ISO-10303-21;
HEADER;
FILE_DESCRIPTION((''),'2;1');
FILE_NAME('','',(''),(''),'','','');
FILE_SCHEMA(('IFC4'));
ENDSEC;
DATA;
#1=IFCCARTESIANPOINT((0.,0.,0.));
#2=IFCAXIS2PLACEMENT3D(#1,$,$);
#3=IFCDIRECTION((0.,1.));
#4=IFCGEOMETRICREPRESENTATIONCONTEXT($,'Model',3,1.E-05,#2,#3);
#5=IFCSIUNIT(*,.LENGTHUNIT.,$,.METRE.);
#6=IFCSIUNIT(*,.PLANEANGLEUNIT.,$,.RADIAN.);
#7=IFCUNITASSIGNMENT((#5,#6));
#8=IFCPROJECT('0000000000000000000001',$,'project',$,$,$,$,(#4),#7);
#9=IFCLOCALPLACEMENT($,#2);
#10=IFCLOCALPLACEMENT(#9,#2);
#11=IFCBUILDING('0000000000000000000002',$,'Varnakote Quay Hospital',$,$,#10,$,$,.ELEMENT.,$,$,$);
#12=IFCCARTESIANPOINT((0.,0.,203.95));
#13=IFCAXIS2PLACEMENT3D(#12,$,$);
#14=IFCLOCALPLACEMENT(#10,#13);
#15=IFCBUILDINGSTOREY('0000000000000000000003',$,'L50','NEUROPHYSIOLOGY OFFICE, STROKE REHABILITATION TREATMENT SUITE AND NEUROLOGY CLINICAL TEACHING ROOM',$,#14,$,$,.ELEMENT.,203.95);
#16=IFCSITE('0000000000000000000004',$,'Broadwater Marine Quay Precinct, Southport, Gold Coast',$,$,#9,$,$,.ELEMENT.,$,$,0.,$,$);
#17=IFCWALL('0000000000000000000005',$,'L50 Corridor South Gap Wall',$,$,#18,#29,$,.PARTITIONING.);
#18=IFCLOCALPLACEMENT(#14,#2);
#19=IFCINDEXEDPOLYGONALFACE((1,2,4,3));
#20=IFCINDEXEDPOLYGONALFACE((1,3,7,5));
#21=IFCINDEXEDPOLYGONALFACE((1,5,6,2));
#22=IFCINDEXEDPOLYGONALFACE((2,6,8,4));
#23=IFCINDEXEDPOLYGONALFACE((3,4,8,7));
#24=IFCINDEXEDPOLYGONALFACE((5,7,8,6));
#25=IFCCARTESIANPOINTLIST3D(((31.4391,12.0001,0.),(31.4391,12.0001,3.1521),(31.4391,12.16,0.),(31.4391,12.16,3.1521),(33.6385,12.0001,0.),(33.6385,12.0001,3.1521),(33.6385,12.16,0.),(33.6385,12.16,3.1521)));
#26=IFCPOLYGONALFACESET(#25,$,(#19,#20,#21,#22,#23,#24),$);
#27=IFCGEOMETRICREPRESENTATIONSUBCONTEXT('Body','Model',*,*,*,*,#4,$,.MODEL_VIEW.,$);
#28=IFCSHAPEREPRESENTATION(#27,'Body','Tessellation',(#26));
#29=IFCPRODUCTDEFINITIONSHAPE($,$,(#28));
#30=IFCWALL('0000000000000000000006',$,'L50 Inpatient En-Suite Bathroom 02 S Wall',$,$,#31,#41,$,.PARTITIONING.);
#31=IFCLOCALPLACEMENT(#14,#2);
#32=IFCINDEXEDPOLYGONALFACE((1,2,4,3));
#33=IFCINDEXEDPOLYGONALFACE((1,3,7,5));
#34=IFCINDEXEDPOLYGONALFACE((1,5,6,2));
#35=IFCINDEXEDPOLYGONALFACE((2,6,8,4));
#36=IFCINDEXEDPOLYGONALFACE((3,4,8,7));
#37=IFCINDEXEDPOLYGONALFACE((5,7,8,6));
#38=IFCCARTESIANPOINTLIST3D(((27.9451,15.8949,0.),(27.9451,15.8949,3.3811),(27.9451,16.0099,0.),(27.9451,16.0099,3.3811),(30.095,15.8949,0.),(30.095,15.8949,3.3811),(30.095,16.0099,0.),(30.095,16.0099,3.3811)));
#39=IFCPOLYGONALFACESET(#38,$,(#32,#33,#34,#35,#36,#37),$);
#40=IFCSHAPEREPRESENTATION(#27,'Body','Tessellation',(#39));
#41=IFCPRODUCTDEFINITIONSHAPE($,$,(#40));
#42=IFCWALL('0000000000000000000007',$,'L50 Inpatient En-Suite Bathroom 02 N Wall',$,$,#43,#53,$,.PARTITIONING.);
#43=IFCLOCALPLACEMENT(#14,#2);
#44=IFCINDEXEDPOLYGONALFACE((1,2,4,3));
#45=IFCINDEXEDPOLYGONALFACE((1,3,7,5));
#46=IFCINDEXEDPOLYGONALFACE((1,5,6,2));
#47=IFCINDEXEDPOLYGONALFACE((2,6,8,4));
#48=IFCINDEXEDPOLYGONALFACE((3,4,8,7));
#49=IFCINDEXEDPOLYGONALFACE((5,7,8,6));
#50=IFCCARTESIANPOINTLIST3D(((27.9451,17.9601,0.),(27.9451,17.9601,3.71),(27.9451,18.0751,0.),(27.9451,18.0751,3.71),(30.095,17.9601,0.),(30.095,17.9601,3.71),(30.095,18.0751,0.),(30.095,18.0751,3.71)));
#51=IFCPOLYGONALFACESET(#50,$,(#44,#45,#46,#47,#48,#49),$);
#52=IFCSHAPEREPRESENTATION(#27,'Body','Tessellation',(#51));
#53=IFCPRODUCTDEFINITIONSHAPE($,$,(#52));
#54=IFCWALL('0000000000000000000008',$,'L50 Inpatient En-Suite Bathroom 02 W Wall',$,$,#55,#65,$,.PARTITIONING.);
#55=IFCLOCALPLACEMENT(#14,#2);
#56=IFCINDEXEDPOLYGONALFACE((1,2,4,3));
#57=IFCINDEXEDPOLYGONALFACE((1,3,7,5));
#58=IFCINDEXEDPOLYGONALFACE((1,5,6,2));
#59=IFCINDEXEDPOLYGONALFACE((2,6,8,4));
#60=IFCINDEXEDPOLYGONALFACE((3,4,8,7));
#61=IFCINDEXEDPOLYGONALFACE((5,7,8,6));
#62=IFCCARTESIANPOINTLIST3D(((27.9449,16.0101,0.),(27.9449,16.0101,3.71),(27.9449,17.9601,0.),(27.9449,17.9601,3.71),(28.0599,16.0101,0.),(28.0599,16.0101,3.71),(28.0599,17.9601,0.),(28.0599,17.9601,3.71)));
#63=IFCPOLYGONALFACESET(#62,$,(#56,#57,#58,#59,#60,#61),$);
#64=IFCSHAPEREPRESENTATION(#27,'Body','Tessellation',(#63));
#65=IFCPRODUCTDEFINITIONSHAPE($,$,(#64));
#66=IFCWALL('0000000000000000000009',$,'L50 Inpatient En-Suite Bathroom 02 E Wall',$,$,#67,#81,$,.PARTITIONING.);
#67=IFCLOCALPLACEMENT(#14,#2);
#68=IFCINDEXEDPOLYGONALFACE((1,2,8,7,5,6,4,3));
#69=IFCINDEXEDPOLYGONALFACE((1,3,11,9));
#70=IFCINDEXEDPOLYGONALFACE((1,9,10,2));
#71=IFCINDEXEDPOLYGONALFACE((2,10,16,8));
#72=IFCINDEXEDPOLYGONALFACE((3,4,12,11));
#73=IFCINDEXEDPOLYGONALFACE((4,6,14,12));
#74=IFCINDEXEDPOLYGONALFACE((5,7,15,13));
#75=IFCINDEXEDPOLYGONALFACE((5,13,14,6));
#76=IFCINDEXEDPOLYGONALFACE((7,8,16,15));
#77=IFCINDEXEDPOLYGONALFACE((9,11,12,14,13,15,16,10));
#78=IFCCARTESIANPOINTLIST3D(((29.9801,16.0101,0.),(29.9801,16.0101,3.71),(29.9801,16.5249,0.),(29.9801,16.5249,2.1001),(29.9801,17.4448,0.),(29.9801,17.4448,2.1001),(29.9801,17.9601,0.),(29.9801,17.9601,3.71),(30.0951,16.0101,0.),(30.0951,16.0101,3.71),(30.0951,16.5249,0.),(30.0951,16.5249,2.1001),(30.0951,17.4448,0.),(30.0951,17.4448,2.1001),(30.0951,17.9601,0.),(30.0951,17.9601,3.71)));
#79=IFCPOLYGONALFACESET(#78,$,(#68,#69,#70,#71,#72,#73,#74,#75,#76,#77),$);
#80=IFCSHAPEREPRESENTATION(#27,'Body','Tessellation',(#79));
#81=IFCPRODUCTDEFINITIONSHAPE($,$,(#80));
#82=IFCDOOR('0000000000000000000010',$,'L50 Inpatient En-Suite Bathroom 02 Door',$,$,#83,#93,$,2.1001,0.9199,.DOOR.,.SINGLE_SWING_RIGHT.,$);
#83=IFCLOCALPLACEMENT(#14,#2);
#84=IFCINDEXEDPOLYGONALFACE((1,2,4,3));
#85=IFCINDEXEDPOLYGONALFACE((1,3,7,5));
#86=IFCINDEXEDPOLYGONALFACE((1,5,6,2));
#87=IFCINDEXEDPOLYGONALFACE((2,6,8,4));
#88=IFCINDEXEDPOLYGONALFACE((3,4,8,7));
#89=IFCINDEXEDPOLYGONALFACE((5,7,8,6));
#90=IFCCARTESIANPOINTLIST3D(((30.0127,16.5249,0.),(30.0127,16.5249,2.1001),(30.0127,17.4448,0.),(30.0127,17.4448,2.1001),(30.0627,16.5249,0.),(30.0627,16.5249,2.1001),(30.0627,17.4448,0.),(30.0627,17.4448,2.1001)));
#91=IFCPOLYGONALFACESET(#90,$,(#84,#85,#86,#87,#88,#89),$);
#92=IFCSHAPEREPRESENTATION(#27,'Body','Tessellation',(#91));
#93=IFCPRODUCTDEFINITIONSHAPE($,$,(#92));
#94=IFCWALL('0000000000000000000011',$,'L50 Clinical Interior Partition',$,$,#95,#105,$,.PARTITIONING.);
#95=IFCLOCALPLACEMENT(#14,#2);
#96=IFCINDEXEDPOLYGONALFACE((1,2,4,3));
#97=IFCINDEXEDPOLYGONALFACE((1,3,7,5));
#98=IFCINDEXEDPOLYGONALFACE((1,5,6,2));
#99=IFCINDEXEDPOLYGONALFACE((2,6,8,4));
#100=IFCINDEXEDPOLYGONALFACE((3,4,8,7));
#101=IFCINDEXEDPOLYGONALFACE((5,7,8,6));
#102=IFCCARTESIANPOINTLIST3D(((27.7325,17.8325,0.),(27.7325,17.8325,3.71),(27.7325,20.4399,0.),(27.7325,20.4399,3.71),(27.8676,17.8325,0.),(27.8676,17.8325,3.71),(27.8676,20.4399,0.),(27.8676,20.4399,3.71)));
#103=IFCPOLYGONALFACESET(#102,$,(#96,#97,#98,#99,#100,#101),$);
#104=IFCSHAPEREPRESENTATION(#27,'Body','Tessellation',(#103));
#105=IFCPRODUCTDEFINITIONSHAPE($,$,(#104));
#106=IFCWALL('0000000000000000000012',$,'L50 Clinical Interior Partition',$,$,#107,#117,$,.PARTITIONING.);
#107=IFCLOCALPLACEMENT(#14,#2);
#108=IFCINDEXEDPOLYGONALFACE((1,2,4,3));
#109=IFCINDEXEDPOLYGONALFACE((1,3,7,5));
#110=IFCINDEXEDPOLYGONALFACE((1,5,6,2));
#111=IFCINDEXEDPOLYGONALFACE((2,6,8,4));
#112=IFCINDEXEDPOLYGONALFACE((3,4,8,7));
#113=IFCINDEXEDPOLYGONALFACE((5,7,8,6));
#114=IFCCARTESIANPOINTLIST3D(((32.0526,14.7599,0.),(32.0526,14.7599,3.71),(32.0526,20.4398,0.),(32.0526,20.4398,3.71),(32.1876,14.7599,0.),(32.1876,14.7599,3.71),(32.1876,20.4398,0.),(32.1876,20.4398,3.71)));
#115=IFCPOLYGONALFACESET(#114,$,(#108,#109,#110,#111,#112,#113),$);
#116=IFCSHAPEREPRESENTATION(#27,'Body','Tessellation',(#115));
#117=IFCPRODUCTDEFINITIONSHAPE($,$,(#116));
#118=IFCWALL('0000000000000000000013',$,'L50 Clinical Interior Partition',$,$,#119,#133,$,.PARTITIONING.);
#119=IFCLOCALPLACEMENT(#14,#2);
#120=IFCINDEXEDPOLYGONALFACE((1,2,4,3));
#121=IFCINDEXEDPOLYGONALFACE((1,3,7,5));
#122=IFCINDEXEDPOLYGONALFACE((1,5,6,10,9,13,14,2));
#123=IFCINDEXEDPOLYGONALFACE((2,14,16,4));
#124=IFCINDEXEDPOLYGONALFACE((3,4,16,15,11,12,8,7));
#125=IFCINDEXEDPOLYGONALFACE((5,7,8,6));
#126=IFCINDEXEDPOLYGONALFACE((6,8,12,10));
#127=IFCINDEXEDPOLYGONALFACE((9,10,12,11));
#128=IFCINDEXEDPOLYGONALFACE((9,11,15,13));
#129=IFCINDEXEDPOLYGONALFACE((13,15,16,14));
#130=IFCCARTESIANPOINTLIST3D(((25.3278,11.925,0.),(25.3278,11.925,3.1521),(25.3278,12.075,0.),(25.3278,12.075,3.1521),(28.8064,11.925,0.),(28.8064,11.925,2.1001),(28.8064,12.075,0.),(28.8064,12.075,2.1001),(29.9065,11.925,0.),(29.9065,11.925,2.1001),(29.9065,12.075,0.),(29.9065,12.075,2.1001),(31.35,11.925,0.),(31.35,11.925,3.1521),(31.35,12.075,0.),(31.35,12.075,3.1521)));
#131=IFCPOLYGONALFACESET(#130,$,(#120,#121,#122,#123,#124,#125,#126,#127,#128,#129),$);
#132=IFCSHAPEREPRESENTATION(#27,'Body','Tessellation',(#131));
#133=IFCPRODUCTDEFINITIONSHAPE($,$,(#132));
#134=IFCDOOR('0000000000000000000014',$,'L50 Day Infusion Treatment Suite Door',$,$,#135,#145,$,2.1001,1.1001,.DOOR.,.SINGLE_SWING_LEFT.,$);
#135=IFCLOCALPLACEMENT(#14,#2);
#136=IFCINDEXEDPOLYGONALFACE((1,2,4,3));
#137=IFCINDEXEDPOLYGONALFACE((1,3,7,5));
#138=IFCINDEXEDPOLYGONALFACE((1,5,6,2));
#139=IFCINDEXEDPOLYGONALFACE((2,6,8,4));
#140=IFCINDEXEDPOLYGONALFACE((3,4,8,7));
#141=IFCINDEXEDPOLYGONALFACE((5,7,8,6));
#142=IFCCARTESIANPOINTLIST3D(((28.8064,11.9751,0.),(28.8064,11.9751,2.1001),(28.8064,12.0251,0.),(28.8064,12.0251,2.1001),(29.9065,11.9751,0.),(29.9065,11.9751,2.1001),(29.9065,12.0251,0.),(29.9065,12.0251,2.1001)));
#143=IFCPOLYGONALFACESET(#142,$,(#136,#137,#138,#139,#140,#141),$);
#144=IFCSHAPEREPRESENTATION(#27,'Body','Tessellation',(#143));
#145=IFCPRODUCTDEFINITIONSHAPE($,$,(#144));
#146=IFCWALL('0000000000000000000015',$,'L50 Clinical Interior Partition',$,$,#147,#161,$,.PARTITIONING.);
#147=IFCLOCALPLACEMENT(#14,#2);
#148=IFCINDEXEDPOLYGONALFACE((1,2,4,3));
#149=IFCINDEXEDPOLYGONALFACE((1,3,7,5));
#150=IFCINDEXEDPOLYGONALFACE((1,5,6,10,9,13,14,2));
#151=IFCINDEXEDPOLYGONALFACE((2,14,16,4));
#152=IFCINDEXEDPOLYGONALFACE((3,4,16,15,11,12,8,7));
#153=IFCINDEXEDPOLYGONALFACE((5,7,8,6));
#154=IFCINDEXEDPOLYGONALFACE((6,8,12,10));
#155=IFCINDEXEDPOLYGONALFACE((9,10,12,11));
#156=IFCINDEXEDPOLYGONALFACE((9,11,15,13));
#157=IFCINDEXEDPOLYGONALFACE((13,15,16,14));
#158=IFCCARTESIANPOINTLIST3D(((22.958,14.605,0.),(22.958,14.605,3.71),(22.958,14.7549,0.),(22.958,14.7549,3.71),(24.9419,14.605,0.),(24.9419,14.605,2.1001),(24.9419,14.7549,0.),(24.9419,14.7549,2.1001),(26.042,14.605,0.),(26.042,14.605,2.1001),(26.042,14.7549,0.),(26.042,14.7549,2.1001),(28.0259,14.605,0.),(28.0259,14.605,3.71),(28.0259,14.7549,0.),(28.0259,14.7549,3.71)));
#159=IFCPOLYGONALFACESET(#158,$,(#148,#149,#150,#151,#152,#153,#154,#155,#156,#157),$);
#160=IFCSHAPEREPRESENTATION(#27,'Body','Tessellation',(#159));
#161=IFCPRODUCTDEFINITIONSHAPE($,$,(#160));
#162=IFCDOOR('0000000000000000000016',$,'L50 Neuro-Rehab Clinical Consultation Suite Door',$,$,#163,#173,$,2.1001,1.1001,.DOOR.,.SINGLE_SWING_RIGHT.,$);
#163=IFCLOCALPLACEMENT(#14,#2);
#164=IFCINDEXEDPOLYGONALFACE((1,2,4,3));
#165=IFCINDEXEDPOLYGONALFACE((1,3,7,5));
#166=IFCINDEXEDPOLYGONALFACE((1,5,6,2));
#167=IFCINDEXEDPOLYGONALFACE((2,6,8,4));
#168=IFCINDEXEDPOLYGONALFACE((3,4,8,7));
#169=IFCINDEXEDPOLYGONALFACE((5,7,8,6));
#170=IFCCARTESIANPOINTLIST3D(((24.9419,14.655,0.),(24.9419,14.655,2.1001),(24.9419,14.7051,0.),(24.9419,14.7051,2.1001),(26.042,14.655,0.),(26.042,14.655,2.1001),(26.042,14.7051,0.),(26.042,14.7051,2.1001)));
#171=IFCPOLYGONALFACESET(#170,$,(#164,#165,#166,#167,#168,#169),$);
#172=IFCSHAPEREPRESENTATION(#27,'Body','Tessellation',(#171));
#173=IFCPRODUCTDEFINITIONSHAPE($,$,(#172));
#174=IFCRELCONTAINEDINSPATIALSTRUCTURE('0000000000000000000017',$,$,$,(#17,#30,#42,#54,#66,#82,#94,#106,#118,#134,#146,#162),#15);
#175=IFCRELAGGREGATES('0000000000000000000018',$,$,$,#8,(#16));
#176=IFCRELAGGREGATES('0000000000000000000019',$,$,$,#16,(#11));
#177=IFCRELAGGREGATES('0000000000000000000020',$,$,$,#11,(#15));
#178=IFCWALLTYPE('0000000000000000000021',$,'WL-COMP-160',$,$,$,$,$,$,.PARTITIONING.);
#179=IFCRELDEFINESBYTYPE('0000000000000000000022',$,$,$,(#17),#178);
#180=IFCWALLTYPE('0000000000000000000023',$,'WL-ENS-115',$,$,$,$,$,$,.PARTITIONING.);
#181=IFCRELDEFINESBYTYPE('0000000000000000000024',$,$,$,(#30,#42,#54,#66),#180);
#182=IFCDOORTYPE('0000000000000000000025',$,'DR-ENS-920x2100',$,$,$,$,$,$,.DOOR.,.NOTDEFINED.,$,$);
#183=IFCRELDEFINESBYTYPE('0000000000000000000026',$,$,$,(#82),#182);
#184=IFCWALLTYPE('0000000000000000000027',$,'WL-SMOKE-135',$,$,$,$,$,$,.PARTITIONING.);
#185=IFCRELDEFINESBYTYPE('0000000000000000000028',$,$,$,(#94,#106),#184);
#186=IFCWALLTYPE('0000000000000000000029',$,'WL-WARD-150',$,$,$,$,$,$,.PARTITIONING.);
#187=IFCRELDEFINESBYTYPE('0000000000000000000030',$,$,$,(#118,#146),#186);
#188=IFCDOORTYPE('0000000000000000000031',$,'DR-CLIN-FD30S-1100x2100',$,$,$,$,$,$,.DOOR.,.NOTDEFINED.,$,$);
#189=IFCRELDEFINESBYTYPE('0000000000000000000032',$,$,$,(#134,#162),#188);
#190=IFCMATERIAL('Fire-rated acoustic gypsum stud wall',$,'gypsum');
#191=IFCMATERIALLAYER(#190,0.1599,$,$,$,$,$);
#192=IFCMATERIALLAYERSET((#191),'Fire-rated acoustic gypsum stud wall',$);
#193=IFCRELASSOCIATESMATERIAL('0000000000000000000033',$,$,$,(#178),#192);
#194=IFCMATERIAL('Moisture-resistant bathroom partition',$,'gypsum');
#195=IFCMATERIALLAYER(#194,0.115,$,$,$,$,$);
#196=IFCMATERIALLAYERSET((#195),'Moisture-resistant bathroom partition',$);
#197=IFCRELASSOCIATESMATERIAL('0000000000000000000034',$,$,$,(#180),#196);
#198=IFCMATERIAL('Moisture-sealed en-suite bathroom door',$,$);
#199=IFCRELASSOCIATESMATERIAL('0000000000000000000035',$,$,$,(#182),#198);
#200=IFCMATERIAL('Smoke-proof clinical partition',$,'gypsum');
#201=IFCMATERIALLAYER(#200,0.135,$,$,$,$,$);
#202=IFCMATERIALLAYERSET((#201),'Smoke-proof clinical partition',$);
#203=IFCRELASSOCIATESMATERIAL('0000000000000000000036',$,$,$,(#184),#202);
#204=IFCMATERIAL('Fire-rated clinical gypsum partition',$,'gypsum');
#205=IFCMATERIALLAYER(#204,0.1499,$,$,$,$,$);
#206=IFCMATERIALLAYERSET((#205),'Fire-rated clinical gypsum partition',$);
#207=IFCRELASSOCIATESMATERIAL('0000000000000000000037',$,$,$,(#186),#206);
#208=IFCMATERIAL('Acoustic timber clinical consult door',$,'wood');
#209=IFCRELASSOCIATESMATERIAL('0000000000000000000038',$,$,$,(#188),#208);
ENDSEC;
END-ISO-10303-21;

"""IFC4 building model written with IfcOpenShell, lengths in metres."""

from ifc_helpers import new_model, si_unit, direction, frame, frame_2d, origin, place, context, subcontext, project, spatial, rectangle, extrude, material, layer, layer_set, type_object, element, fill, save


model = new_model("IFC4")

# Units and contexts
model_context = context("Model", 3, precision=1e-05, world=origin(), true_north=direction((0.0, 1.0)))
body_context = subcontext(model_context, "Body", "Model", "MODEL_VIEW")
ifc_project = project(units=[si_unit("LENGTHUNIT", "METRE"), si_unit("PLANEANGLEUNIT", "RADIAN")], contexts=[model_context])

# Site, building, storey
site_placement = place(None, origin())
site = spatial("IfcSite", under=ifc_project, at=site_placement, Name="Broadwater Marine Quay Precinct, Southport, Gold Coast", CompositionType="ELEMENT", RefElevation=0.0)
building_placement = place(site_placement, origin())
building = spatial("IfcBuilding", under=site, at=building_placement, Name="Varnakote Quay Hospital", CompositionType="ELEMENT")
storey_placement = place(building_placement, frame((0.0, 0.0, 203.95)))
storey = spatial("IfcBuildingStorey", under=building, at=storey_placement, Name="L50", Description="NEUROPHYSIOLOGY OFFICE, STROKE REHABILITATION TREATMENT SUITE AND NEUROLOGY CLINICAL TEACHING ROOM", CompositionType="ELEMENT", Elevation=203.95)

# Walls
ifc_material_1 = material(Name="Fire-rated acoustic gypsum stud wall", Category="gypsum")
ifc_layer_1 = layer(ifc_material_1, 0.1599)
ifc_layer_set_1 = layer_set([ifc_layer_1], Name="Fire-rated acoustic gypsum stud wall")
wall_type_1 = type_object("IfcWallType", Name="WL-COMP-160", PredefinedType="PARTITIONING", material=ifc_layer_set_1)
wall_1_placement = place(storey_placement, frame((31.4392, 12.0801, 0.0), z_axis=(0.0, 0.0, 1.0), x_axis=(1.0, 0.0, 0.0)))
element("IfcWall", 1, at=wall_1_placement, inside=storey, type_object=wall_type_1, Name="L50 Corridor South Gap Wall", PredefinedType="PARTITIONING", context=body_context, shape_type="SweptSolid", body=[
    extrude(rectangle(XDim=2.1995, YDim=0.1599, at=frame_2d((1.0996, 0.0))), origin(), (0.0, 0.0, 1.0), 3.1521),
])
ifc_material_2 = material(Name="Moisture-resistant bathroom partition", Category="gypsum")
ifc_layer_2 = layer(ifc_material_2, 0.115)
ifc_layer_set_2 = layer_set([ifc_layer_2], Name="Moisture-resistant bathroom partition")
wall_type_2 = type_object("IfcWallType", Name="WL-ENS-115", PredefinedType="PARTITIONING", material=ifc_layer_set_2)
wall_2_placement = place(storey_placement, frame((27.9451, 15.9524, 0.0), z_axis=(0.0, 0.0, 1.0), x_axis=(1.0, 0.0, 0.0)))
element("IfcWall", 2, at=wall_2_placement, inside=storey, type_object=wall_type_2, Name="L50 Inpatient En-Suite Bathroom 02 S Wall", PredefinedType="PARTITIONING", context=body_context, shape_type="SweptSolid", body=[
    extrude(rectangle(XDim=2.1499, YDim=0.115, at=frame_2d((1.075, 0.0))), origin(), (0.0, 0.0, 1.0), 3.3811),
])
wall_3_placement = place(storey_placement, frame((27.9451, 18.0176, 0.0), z_axis=(0.0, 0.0, 1.0), x_axis=(1.0, 0.0, 0.0)))
element("IfcWall", 3, at=wall_3_placement, inside=storey, type_object=wall_type_2, Name="L50 Inpatient En-Suite Bathroom 02 N Wall", PredefinedType="PARTITIONING", context=body_context, shape_type="SweptSolid", body=[
    extrude(rectangle(XDim=2.1499, YDim=0.115, at=frame_2d((1.075, 0.0))), origin(), (0.0, 0.0, 1.0), 3.71),
])
wall_4_placement = place(storey_placement, frame((28.0024, 16.01, 0.0), z_axis=(0.0, 0.0, 1.0), x_axis=(0.0, 1.0, 0.0)))
element("IfcWall", 4, at=wall_4_placement, inside=storey, type_object=wall_type_2, Name="L50 Inpatient En-Suite Bathroom 02 W Wall", PredefinedType="PARTITIONING", context=body_context, shape_type="SweptSolid", body=[
    extrude(rectangle(XDim=1.95, YDim=0.115, at=frame_2d((0.9751, 0.0))), origin(), (0.0, 0.0, 1.0), 3.71),
])

# Wall, opening, door
wall_5_placement = place(storey_placement, frame((30.0376, 16.01, 0.0), z_axis=(0.0, 0.0, 1.0), x_axis=(0.0, 1.0, 0.0)))
wall_5 = element("IfcWall", 5, at=wall_5_placement, inside=storey, type_object=wall_type_2, Name="L50 Inpatient En-Suite Bathroom 02 E Wall", PredefinedType="PARTITIONING", context=body_context, shape_type="SweptSolid", body=[
    extrude(rectangle(XDim=1.95, YDim=0.115, at=frame_2d((0.9751, 0.0))), origin(), (0.0, 0.0, 1.0), 3.71),
])
opening_1_placement = place(wall_5_placement, frame((0.5149, 0.0, 0.0)))
opening_1 = element("IfcOpeningElement", 6, at=opening_1_placement, cuts=wall_5, PredefinedType="OPENING", context=body_context, shape_type="SweptSolid", body=[
    extrude(rectangle(XDim=0.9199, YDim=2.1001, at=frame_2d((0.46, 1.05))), frame((0.0, 0.0674, 0.0), z_axis=(0.0, -1.0, 0.0), x_axis=(1.0, 0.0, 0.0)), (0.0, 0.0, 1.0), 0.135),
])
ifc_material_3 = material(Name="Moisture-sealed en-suite bathroom door")
door_type_1 = type_object("IfcDoorType", Name="DR-ENS-920x2100", OperationType="NOTDEFINED", PredefinedType="DOOR", material=ifc_material_3)
door_1_placement = place(opening_1_placement, origin())
door_1 = element("IfcDoor", 7, at=door_1_placement, inside=storey, type_object=door_type_1, Name="L50 Inpatient En-Suite Bathroom 02 Door", OperationType="SINGLE_SWING_RIGHT", OverallHeight=2.1001, OverallWidth=0.9199, PredefinedType="DOOR", context=body_context, shape_type="SweptSolid", body=[
    extrude(rectangle(XDim=0.9199, YDim=2.1001, at=frame_2d((0.46, 1.05))), frame((0.0, 0.0249, 0.0), z_axis=(0.0, -1.0, 0.0), x_axis=(1.0, 0.0, 0.0)), (0.0, 0.0, 1.0), 0.05),
])
fill(opening_1, door_1)

# Walls
ifc_material_4 = material(Name="Smoke-proof clinical partition", Category="gypsum")
ifc_layer_3 = layer(ifc_material_4, 0.135)
ifc_layer_set_3 = layer_set([ifc_layer_3], Name="Smoke-proof clinical partition")
wall_type_3 = type_object("IfcWallType", Name="WL-SMOKE-135", PredefinedType="PARTITIONING", material=ifc_layer_set_3)
wall_6_placement = place(storey_placement, frame((27.8, 17.8325, 0.0), z_axis=(0.0, 0.0, 1.0), x_axis=(0.0, 1.0, 0.0)))
element("IfcWall", 8, at=wall_6_placement, inside=storey, type_object=wall_type_3, Name="L50 Clinical Interior Partition", PredefinedType="PARTITIONING", context=body_context, shape_type="SweptSolid", body=[
    extrude(rectangle(XDim=2.6074, YDim=0.135, at=frame_2d((1.3037, 0.0))), origin(), (0.0, 0.0, 1.0), 3.71),
])
wall_7_placement = place(storey_placement, frame((32.1201, 14.76, 0.0), z_axis=(0.0, 0.0, 1.0), x_axis=(0.0, 1.0, 0.0)))
element("IfcWall", 9, at=wall_7_placement, inside=storey, type_object=wall_type_3, Name="L50 Clinical Interior Partition", PredefinedType="PARTITIONING", context=body_context, shape_type="SweptSolid", body=[
    extrude(rectangle(XDim=5.6799, YDim=0.135, at=frame_2d((2.8398, 0.0))), origin(), (0.0, 0.0, 1.0), 3.71),
])

# Walls, openings, doors
ifc_material_5 = material(Name="Fire-rated clinical gypsum partition", Category="gypsum")
ifc_layer_4 = layer(ifc_material_5, 0.1499)
ifc_layer_set_4 = layer_set([ifc_layer_4], Name="Fire-rated clinical gypsum partition")
wall_type_4 = type_object("IfcWallType", Name="WL-WARD-150", PredefinedType="PARTITIONING", material=ifc_layer_set_4)
wall_8_placement = place(storey_placement, frame((31.3501, 12.0, 0.0), z_axis=(0.0, 0.0, 1.0), x_axis=(-1.0, 0.0, 0.0)))
wall_8 = element("IfcWall", 10, at=wall_8_placement, inside=storey, type_object=wall_type_4, Name="L50 Clinical Interior Partition", PredefinedType="PARTITIONING", context=body_context, shape_type="SweptSolid", body=[
    extrude(rectangle(XDim=6.0222, YDim=0.1499, at=frame_2d((3.0112, 0.0))), origin(), (0.0, 0.0, 1.0), 3.1521),
])
opening_2_placement = place(wall_8_placement, frame((1.4436, 0.0, 0.0)))
opening_2 = element("IfcOpeningElement", 11, at=opening_2_placement, cuts=wall_8, PredefinedType="OPENING", context=body_context, shape_type="SweptSolid", body=[
    extrude(rectangle(XDim=1.1001, YDim=2.1001, at=frame_2d((0.55, 1.05))), frame((0.0, 0.085, 0.0), z_axis=(0.0, -1.0, 0.0), x_axis=(1.0, 0.0, 0.0)), (0.0, 0.0, 1.0), 0.1699),
])
ifc_material_6 = material(Name="Acoustic timber clinical consult door", Category="wood")
door_type_2 = type_object("IfcDoorType", Name="DR-CLIN-FD30S-1100x2100", OperationType="NOTDEFINED", PredefinedType="DOOR", material=ifc_material_6)
door_2_placement = place(opening_2_placement, origin())
door_2 = element("IfcDoor", 12, at=door_2_placement, inside=storey, type_object=door_type_2, Name="L50 Day Infusion Treatment Suite Door", OperationType="SINGLE_SWING_LEFT", OverallHeight=2.1001, OverallWidth=1.1001, PredefinedType="DOOR", context=body_context, shape_type="SweptSolid", body=[
    extrude(rectangle(XDim=1.1001, YDim=2.1001, at=frame_2d((0.55, 1.05))), frame((0.0, 0.0249, 0.0), z_axis=(0.0, -1.0, 0.0), x_axis=(1.0, 0.0, 0.0)), (0.0, 0.0, 1.0), 0.05),
])
fill(opening_2, door_2)
wall_9_placement = place(storey_placement, frame((28.0259, 14.6799, 0.0), z_axis=(0.0, 0.0, 1.0), x_axis=(-1.0, 0.0, 0.0)))
wall_9 = element("IfcWall", 13, at=wall_9_placement, inside=storey, type_object=wall_type_4, Name="L50 Clinical Interior Partition", PredefinedType="PARTITIONING", context=body_context, shape_type="SweptSolid", body=[
    extrude(rectangle(XDim=5.0679, YDim=0.1499, at=frame_2d((2.5339, 0.0))), origin(), (0.0, 0.0, 1.0), 3.71),
])
opening_3_placement = place(wall_9_placement, frame((1.9839, 0.0, 0.0)))
opening_3 = element("IfcOpeningElement", 14, at=opening_3_placement, cuts=wall_9, PredefinedType="OPENING", context=body_context, shape_type="SweptSolid", body=[
    extrude(rectangle(XDim=1.1001, YDim=2.1001, at=frame_2d((0.55, 1.05))), frame((0.0, 0.085, 0.0), z_axis=(0.0, -1.0, 0.0), x_axis=(1.0, 0.0, 0.0)), (0.0, 0.0, 1.0), 0.1699),
])
door_3_placement = place(opening_3_placement, origin())
door_3 = element("IfcDoor", 15, at=door_3_placement, inside=storey, type_object=door_type_2, Name="L50 Neuro-Rehab Clinical Consultation Suite Door", OperationType="SINGLE_SWING_RIGHT", OverallHeight=2.1001, OverallWidth=1.1001, PredefinedType="DOOR", context=body_context, shape_type="SweptSolid", body=[
    extrude(rectangle(XDim=1.1001, YDim=2.1001, at=frame_2d((0.55, 1.05))), frame((0.0, 0.0249, 0.0), z_axis=(0.0, -1.0, 0.0), x_axis=(1.0, 0.0, 0.0)), (0.0, 0.0, 1.0), 0.05),
])
fill(opening_3, door_3)

save(model, "model.ifc")
